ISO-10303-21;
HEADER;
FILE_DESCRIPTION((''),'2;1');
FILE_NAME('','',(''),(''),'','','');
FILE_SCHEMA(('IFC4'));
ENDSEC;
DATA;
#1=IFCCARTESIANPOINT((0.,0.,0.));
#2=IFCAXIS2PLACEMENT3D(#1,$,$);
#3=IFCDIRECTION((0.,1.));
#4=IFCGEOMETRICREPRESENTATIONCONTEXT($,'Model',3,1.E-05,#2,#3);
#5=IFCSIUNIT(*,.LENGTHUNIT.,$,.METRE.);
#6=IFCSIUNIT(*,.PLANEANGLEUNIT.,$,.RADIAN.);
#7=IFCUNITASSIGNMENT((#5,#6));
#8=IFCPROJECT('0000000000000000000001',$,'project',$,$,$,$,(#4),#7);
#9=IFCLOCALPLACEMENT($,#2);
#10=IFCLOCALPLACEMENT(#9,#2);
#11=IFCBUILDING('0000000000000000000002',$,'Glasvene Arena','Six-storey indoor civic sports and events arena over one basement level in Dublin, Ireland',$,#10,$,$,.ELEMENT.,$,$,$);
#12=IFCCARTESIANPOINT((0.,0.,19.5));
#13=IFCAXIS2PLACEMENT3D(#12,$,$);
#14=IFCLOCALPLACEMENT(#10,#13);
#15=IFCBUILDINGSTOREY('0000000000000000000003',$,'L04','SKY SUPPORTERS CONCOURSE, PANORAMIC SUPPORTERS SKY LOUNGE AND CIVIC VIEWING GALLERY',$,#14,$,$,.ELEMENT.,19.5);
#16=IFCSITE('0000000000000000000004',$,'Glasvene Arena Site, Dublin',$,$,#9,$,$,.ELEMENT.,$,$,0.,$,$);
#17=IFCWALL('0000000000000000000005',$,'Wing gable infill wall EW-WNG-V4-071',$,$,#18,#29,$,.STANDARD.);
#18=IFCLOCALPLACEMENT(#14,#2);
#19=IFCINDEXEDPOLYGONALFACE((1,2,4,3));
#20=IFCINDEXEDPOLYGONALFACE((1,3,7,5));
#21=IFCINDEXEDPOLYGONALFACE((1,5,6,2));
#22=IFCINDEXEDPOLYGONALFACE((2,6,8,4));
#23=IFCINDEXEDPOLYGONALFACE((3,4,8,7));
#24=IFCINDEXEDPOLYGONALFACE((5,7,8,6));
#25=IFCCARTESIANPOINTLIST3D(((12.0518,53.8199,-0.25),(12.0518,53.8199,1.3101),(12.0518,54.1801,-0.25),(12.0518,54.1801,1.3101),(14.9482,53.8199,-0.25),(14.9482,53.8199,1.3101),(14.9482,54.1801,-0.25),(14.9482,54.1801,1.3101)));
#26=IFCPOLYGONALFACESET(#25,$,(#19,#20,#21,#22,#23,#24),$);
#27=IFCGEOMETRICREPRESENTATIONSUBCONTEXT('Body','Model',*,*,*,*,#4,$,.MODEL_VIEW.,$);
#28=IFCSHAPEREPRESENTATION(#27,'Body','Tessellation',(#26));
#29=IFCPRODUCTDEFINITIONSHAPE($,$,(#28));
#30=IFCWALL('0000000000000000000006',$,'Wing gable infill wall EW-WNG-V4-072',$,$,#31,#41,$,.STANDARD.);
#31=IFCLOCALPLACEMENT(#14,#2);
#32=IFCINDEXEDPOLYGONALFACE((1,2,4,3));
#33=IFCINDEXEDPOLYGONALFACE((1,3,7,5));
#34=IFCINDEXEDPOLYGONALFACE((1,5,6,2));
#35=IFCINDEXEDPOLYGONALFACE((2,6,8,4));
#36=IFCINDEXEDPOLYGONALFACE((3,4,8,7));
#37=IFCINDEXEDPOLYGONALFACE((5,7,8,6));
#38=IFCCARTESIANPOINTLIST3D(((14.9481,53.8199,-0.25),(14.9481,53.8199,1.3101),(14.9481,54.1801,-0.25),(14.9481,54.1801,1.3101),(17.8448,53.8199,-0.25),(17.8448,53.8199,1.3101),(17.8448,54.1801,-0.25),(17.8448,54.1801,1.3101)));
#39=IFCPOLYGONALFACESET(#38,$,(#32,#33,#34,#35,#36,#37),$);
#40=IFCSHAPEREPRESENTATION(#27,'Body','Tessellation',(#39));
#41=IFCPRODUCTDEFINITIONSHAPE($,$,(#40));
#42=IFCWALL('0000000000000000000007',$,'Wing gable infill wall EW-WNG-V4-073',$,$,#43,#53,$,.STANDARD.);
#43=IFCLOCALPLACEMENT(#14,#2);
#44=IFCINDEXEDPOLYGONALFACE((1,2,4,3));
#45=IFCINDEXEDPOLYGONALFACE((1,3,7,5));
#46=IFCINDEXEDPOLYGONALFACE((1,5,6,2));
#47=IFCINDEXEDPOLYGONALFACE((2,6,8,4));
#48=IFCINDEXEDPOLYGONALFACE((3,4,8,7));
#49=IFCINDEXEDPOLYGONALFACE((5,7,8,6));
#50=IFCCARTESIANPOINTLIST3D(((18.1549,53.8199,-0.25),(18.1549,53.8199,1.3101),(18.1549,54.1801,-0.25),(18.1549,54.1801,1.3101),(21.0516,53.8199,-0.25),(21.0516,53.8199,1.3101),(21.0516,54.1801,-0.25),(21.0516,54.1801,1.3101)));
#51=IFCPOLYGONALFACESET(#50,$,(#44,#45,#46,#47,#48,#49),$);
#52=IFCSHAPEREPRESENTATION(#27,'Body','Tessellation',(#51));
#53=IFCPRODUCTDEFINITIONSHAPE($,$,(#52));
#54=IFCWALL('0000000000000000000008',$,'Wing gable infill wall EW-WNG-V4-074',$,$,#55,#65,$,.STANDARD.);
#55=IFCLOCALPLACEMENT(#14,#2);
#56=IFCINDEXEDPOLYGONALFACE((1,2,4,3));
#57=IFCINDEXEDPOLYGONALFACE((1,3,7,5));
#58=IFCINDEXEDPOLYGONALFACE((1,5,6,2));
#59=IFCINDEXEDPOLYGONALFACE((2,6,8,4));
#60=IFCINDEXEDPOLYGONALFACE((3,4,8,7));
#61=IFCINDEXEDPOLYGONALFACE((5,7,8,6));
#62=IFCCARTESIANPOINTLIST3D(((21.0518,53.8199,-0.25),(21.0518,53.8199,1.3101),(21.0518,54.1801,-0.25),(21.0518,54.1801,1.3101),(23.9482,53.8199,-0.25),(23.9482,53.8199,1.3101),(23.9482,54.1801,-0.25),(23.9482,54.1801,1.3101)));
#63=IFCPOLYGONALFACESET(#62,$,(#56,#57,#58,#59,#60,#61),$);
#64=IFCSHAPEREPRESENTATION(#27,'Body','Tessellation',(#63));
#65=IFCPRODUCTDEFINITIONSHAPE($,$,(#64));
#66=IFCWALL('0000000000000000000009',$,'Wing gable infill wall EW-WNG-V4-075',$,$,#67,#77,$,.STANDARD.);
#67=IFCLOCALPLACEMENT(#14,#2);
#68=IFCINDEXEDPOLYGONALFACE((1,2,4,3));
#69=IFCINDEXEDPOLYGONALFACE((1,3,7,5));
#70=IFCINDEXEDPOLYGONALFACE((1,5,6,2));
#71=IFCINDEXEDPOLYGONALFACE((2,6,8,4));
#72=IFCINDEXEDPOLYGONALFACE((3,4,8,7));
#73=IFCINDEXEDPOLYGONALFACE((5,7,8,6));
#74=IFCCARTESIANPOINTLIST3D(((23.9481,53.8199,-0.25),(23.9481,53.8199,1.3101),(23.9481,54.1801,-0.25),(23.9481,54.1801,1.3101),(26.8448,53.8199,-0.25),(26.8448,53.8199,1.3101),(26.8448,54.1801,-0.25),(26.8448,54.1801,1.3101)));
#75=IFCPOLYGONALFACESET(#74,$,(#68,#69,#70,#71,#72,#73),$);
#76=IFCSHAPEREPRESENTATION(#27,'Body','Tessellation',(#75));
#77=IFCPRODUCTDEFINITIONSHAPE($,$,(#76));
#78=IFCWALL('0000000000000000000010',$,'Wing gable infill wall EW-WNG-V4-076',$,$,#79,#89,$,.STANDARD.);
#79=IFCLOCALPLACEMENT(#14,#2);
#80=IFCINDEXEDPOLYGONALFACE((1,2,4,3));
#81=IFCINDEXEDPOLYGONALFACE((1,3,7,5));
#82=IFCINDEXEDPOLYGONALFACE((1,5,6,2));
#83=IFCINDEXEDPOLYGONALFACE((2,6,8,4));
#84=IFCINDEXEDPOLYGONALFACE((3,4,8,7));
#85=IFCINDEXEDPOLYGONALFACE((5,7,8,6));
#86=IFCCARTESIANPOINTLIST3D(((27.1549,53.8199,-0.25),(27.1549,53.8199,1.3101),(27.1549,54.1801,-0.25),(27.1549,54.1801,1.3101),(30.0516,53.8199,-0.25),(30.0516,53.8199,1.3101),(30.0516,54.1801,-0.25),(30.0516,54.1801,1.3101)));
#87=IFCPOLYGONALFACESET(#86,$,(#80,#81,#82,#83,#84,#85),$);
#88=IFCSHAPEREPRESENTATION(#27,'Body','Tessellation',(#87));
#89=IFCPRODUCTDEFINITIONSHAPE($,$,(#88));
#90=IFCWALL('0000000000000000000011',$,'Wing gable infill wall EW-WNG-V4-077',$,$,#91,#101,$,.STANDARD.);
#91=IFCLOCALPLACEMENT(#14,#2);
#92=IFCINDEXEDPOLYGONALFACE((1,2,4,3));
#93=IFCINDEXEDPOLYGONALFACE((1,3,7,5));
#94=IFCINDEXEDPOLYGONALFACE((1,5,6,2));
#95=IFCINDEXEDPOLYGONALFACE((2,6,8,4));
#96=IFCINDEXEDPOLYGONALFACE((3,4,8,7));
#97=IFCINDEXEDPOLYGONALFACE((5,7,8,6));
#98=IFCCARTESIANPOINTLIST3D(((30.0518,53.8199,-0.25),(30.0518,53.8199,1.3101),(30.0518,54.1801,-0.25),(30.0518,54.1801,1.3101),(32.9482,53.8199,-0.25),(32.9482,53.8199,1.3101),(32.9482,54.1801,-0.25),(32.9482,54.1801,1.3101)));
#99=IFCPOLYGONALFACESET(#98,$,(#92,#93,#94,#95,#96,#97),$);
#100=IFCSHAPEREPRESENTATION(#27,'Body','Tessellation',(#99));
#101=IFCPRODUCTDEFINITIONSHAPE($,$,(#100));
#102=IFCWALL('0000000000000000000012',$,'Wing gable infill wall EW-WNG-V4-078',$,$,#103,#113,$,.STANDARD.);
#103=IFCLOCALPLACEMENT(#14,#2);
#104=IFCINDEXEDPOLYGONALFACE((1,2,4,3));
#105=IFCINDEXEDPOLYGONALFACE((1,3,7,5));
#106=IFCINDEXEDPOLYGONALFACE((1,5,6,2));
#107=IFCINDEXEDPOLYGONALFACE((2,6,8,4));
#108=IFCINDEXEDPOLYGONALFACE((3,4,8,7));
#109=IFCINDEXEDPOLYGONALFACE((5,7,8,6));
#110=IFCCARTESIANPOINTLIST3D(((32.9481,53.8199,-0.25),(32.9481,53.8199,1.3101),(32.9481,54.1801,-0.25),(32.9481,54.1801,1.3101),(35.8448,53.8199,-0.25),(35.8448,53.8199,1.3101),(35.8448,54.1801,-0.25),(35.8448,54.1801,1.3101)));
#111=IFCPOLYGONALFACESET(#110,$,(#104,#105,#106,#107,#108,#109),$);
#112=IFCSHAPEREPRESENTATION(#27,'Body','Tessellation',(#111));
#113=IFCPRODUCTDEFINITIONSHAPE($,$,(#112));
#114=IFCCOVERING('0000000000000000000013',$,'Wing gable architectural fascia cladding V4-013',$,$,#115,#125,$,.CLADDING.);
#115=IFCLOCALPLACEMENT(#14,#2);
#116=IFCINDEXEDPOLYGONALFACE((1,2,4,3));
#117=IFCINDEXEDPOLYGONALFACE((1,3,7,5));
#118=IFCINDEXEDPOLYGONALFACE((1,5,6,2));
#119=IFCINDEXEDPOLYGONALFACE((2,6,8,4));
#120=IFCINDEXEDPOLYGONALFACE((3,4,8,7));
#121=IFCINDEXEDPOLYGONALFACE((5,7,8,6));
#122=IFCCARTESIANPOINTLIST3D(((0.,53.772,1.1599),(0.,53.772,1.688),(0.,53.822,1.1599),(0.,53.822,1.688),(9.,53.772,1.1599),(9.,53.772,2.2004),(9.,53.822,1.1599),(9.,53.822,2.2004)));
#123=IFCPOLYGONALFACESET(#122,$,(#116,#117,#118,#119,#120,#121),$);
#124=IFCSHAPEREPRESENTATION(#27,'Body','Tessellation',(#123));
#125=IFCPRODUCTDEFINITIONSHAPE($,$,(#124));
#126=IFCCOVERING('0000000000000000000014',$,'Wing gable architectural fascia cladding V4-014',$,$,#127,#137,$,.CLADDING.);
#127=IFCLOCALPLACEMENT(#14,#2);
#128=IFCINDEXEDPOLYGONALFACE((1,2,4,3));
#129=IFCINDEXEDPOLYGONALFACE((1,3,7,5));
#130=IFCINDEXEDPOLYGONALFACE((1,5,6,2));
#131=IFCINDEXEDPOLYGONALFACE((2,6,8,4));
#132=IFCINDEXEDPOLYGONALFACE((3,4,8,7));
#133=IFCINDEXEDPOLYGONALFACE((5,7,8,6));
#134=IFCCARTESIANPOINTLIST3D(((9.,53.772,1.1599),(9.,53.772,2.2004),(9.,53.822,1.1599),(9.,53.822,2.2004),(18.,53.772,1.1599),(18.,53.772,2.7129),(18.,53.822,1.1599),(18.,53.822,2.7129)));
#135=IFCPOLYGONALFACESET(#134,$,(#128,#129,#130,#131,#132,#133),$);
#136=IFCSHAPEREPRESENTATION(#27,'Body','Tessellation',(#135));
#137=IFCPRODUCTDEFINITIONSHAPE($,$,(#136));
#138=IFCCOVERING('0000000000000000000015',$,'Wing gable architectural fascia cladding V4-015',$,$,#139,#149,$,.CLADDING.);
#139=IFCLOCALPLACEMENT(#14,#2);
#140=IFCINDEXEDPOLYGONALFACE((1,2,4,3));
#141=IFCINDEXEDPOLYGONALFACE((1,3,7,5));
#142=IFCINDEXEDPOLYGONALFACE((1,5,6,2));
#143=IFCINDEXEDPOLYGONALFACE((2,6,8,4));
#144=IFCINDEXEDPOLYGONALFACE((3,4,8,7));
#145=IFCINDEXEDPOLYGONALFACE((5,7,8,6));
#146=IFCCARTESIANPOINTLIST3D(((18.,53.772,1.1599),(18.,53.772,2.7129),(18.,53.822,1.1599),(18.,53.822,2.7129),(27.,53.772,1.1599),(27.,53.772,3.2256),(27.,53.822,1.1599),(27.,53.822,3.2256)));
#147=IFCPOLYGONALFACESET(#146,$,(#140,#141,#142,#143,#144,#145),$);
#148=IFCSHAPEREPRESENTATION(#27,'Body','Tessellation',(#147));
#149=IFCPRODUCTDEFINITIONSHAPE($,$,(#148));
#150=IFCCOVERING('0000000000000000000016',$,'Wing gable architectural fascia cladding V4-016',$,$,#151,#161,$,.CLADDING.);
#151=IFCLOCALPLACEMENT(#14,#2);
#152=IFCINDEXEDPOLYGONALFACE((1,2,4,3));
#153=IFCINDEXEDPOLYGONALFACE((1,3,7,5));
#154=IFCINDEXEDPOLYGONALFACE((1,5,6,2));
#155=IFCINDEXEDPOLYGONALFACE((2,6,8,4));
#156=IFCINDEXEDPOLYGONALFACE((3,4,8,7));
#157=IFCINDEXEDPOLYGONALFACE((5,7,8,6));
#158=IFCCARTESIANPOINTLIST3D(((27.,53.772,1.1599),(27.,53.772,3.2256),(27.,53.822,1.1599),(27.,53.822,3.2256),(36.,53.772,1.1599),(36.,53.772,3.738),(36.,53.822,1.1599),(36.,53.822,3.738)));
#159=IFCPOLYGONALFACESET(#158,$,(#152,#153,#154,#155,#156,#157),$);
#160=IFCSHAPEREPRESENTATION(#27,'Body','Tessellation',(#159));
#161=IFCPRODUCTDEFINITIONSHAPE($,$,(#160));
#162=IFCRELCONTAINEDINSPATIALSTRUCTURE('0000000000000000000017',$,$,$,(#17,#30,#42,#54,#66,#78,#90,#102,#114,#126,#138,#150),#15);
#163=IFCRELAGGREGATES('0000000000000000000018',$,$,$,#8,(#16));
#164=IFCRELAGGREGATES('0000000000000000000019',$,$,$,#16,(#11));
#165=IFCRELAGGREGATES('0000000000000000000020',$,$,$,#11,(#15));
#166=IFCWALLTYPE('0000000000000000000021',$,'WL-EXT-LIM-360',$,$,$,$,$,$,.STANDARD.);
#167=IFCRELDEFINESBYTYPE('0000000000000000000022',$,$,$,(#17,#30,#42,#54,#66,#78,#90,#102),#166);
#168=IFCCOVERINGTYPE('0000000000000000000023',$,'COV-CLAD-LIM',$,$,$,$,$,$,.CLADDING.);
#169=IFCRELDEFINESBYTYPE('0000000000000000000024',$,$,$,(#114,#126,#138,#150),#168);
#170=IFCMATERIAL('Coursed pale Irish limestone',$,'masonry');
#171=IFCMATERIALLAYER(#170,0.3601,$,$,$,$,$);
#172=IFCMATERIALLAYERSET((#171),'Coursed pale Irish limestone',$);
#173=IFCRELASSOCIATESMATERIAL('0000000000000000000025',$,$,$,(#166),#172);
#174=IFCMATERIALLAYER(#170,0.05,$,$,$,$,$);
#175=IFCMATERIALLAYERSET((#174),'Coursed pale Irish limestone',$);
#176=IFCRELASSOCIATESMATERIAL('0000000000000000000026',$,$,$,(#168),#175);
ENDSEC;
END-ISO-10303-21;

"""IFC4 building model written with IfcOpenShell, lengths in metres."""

from ifc_helpers import new_model, si_unit, direction, frame, frame_2d, origin, place, context, subcontext, project, spatial, polyline, rectangle, outline, extrude, material, layer, layer_set, type_object, element, save


model = new_model("IFC4")

# Units and contexts
model_context = context("Model", 3, precision=1e-05, world=origin(), true_north=direction((0.0, 1.0)))
body_context = subcontext(model_context, "Body", "Model", "MODEL_VIEW")
ifc_project = project(units=[si_unit("LENGTHUNIT", "METRE"), si_unit("PLANEANGLEUNIT", "RADIAN")], contexts=[model_context])

# Site, building, storey
site_placement = place(None, origin())
site = spatial("IfcSite", under=ifc_project, at=site_placement, Name="Glasvene Arena Site, Dublin", CompositionType="ELEMENT", RefElevation=0.0)
building_placement = place(site_placement, origin())
building = spatial("IfcBuilding", under=site, at=building_placement, Name="Glasvene Arena", Description="Six-storey indoor civic sports and events arena over one basement level in Dublin, Ireland", CompositionType="ELEMENT")
storey_placement = place(building_placement, frame((0.0, 0.0, 19.5)))
storey = spatial("IfcBuildingStorey", under=building, at=storey_placement, Name="L04", Description="SKY SUPPORTERS CONCOURSE, PANORAMIC SUPPORTERS SKY LOUNGE AND CIVIC VIEWING GALLERY", CompositionType="ELEMENT", Elevation=19.5)

# Shared definitions
ifc_material_1 = material(Name="Coursed pale Irish limestone", Category="masonry")
ifc_layer_1 = layer(ifc_material_1, 0.3601)
ifc_layer_set_1 = layer_set([ifc_layer_1], Name="Coursed pale Irish limestone")
wall_type = type_object("IfcWallType", Name="WL-EXT-LIM-360", PredefinedType="STANDARD", material=ifc_layer_set_1)

# Walls
wall_1_placement = place(storey_placement, frame((12.0518, 54.0, -0.25), z_axis=(0.0, 0.0, 1.0), x_axis=(1.0, 0.0, 0.0)))
element("IfcWall", 1, at=wall_1_placement, inside=storey, type_object=wall_type, Name="Wing gable infill wall EW-WNG-V4-071", PredefinedType="STANDARD", context=body_context, shape_type="SweptSolid", body=[
    extrude(rectangle(XDim=2.8965, YDim=0.3601, at=frame_2d((1.4482, 0.0))), origin(), (0.0, 0.0, 1.0), 1.5601),
])
for number, where, z_axis, x_axis, name in (
    (2, (14.9482, 54.0, -0.25), (0.0, 0.0, 1.0), (1.0, 0.0, 0.0), "Wing gable infill wall EW-WNG-V4-072"),
    (3, (18.155, 54.0, -0.25), (0.0, 0.0, 1.0), (1.0, 0.0, 0.0), "Wing gable infill wall EW-WNG-V4-073"),
):
    element("IfcWall", number, at=place(storey_placement, frame(where, z_axis=z_axis, x_axis=x_axis)), inside=storey, type_object=wall_type, Name=name, PredefinedType="STANDARD", context=body_context, shape_type="SweptSolid", body=[
        extrude(rectangle(XDim=2.8967, YDim=0.3601, at=frame_2d((1.4482, 0.0))), origin(), (0.0, 0.0, 1.0), 1.5601),
    ])
wall_2_placement = place(storey_placement, frame((21.0518, 54.0, -0.25), z_axis=(0.0, 0.0, 1.0), x_axis=(1.0, 0.0, 0.0)))
element("IfcWall", 4, at=wall_2_placement, inside=storey, type_object=wall_type, Name="Wing gable infill wall EW-WNG-V4-074", PredefinedType="STANDARD", context=body_context, shape_type="SweptSolid", body=[
    extrude(rectangle(XDim=2.8965, YDim=0.3601, at=frame_2d((1.4482, 0.0))), origin(), (0.0, 0.0, 1.0), 1.5601),
])
for number, where, z_axis, x_axis, name in (
    (5, (23.9482, 54.0, -0.25), (0.0, 0.0, 1.0), (1.0, 0.0, 0.0), "Wing gable infill wall EW-WNG-V4-075"),
    (6, (27.155, 54.0, -0.25), (0.0, 0.0, 1.0), (1.0, 0.0, 0.0), "Wing gable infill wall EW-WNG-V4-076"),
):
    element("IfcWall", number, at=place(storey_placement, frame(where, z_axis=z_axis, x_axis=x_axis)), inside=storey, type_object=wall_type, Name=name, PredefinedType="STANDARD", context=body_context, shape_type="SweptSolid", body=[
        extrude(rectangle(XDim=2.8967, YDim=0.3601, at=frame_2d((1.4482, 0.0))), origin(), (0.0, 0.0, 1.0), 1.5601),
    ])
wall_3_placement = place(storey_placement, frame((30.0518, 54.0, -0.25), z_axis=(0.0, 0.0, 1.0), x_axis=(1.0, 0.0, 0.0)))
element("IfcWall", 7, at=wall_3_placement, inside=storey, type_object=wall_type, Name="Wing gable infill wall EW-WNG-V4-077", PredefinedType="STANDARD", context=body_context, shape_type="SweptSolid", body=[
    extrude(rectangle(XDim=2.8965, YDim=0.3601, at=frame_2d((1.4482, 0.0))), origin(), (0.0, 0.0, 1.0), 1.5601),
])
wall_4_placement = place(storey_placement, frame((32.9482, 54.0, -0.25), z_axis=(0.0, 0.0, 1.0), x_axis=(1.0, 0.0, 0.0)))
element("IfcWall", 8, at=wall_4_placement, inside=storey, type_object=wall_type, Name="Wing gable infill wall EW-WNG-V4-078", PredefinedType="STANDARD", context=body_context, shape_type="SweptSolid", body=[
    extrude(rectangle(XDim=2.8967, YDim=0.3601, at=frame_2d((1.4482, 0.0))), origin(), (0.0, 0.0, 1.0), 1.5601),
])

# Coverings
ifc_layer_2 = layer(ifc_material_1, 0.05)
ifc_layer_set_2 = layer_set([ifc_layer_2], Name="Coursed pale Irish limestone")
covering_type = type_object("IfcCoveringType", Name="COV-CLAD-LIM", PredefinedType="CLADDING", material=ifc_layer_set_2)
covering_1_placement = place(storey_placement, frame((0.0, 53.772, 1.1599), z_axis=(0.0, -1.0, 0.0), x_axis=(1.0, 0.0, 0.0)))
element("IfcCovering", 9, at=covering_1_placement, inside=storey, type_object=covering_type, Name="Wing gable architectural fascia cladding V4-013", PredefinedType="CLADDING", context=body_context, shape_type="SweptSolid", body=[
    extrude(outline(polyline([(0.0, 0.0), (9.0, 0.0), (9.0, 1.0405), (0.0, 0.5281), (0.0, 0.0)])), origin(), (0.0, 0.0, -1.0), 0.05),
])
covering_2_placement = place(storey_placement, frame((9.0, 53.772, 1.1599), z_axis=(0.0, -1.0, 0.0), x_axis=(1.0, 0.0, 0.0)))
element("IfcCovering", 10, at=covering_2_placement, inside=storey, type_object=covering_type, Name="Wing gable architectural fascia cladding V4-014", PredefinedType="CLADDING", context=body_context, shape_type="SweptSolid", body=[
    extrude(outline(polyline([(0.0, 0.0), (9.0, 0.0), (9.0, 1.553), (0.0, 1.0405), (0.0, 0.0)])), origin(), (0.0, 0.0, -1.0), 0.05),
])
covering_3_placement = place(storey_placement, frame((18.0, 53.772, 1.1599), z_axis=(0.0, -1.0, 0.0), x_axis=(1.0, 0.0, 0.0)))
element("IfcCovering", 11, at=covering_3_placement, inside=storey, type_object=covering_type, Name="Wing gable architectural fascia cladding V4-015", PredefinedType="CLADDING", context=body_context, shape_type="SweptSolid", body=[
    extrude(outline(polyline([(0.0, 0.0), (9.0, 0.0), (9.0, 2.0657), (0.0, 1.553), (0.0, 0.0)])), origin(), (0.0, 0.0, -1.0), 0.05),
])
covering_4_placement = place(storey_placement, frame((27.0, 53.772, 1.1599), z_axis=(0.0, -1.0, 0.0), x_axis=(1.0, 0.0, 0.0)))
element("IfcCovering", 12, at=covering_4_placement, inside=storey, type_object=covering_type, Name="Wing gable architectural fascia cladding V4-016", PredefinedType="CLADDING", context=body_context, shape_type="SweptSolid", body=[
    extrude(outline(polyline([(0.0, 0.0), (9.0, 0.0), (9.0, 2.5781), (0.0, 2.0657), (0.0, 0.0)])), origin(), (0.0, 0.0, -1.0), 0.05),
])

save(model, "model.ifc")
